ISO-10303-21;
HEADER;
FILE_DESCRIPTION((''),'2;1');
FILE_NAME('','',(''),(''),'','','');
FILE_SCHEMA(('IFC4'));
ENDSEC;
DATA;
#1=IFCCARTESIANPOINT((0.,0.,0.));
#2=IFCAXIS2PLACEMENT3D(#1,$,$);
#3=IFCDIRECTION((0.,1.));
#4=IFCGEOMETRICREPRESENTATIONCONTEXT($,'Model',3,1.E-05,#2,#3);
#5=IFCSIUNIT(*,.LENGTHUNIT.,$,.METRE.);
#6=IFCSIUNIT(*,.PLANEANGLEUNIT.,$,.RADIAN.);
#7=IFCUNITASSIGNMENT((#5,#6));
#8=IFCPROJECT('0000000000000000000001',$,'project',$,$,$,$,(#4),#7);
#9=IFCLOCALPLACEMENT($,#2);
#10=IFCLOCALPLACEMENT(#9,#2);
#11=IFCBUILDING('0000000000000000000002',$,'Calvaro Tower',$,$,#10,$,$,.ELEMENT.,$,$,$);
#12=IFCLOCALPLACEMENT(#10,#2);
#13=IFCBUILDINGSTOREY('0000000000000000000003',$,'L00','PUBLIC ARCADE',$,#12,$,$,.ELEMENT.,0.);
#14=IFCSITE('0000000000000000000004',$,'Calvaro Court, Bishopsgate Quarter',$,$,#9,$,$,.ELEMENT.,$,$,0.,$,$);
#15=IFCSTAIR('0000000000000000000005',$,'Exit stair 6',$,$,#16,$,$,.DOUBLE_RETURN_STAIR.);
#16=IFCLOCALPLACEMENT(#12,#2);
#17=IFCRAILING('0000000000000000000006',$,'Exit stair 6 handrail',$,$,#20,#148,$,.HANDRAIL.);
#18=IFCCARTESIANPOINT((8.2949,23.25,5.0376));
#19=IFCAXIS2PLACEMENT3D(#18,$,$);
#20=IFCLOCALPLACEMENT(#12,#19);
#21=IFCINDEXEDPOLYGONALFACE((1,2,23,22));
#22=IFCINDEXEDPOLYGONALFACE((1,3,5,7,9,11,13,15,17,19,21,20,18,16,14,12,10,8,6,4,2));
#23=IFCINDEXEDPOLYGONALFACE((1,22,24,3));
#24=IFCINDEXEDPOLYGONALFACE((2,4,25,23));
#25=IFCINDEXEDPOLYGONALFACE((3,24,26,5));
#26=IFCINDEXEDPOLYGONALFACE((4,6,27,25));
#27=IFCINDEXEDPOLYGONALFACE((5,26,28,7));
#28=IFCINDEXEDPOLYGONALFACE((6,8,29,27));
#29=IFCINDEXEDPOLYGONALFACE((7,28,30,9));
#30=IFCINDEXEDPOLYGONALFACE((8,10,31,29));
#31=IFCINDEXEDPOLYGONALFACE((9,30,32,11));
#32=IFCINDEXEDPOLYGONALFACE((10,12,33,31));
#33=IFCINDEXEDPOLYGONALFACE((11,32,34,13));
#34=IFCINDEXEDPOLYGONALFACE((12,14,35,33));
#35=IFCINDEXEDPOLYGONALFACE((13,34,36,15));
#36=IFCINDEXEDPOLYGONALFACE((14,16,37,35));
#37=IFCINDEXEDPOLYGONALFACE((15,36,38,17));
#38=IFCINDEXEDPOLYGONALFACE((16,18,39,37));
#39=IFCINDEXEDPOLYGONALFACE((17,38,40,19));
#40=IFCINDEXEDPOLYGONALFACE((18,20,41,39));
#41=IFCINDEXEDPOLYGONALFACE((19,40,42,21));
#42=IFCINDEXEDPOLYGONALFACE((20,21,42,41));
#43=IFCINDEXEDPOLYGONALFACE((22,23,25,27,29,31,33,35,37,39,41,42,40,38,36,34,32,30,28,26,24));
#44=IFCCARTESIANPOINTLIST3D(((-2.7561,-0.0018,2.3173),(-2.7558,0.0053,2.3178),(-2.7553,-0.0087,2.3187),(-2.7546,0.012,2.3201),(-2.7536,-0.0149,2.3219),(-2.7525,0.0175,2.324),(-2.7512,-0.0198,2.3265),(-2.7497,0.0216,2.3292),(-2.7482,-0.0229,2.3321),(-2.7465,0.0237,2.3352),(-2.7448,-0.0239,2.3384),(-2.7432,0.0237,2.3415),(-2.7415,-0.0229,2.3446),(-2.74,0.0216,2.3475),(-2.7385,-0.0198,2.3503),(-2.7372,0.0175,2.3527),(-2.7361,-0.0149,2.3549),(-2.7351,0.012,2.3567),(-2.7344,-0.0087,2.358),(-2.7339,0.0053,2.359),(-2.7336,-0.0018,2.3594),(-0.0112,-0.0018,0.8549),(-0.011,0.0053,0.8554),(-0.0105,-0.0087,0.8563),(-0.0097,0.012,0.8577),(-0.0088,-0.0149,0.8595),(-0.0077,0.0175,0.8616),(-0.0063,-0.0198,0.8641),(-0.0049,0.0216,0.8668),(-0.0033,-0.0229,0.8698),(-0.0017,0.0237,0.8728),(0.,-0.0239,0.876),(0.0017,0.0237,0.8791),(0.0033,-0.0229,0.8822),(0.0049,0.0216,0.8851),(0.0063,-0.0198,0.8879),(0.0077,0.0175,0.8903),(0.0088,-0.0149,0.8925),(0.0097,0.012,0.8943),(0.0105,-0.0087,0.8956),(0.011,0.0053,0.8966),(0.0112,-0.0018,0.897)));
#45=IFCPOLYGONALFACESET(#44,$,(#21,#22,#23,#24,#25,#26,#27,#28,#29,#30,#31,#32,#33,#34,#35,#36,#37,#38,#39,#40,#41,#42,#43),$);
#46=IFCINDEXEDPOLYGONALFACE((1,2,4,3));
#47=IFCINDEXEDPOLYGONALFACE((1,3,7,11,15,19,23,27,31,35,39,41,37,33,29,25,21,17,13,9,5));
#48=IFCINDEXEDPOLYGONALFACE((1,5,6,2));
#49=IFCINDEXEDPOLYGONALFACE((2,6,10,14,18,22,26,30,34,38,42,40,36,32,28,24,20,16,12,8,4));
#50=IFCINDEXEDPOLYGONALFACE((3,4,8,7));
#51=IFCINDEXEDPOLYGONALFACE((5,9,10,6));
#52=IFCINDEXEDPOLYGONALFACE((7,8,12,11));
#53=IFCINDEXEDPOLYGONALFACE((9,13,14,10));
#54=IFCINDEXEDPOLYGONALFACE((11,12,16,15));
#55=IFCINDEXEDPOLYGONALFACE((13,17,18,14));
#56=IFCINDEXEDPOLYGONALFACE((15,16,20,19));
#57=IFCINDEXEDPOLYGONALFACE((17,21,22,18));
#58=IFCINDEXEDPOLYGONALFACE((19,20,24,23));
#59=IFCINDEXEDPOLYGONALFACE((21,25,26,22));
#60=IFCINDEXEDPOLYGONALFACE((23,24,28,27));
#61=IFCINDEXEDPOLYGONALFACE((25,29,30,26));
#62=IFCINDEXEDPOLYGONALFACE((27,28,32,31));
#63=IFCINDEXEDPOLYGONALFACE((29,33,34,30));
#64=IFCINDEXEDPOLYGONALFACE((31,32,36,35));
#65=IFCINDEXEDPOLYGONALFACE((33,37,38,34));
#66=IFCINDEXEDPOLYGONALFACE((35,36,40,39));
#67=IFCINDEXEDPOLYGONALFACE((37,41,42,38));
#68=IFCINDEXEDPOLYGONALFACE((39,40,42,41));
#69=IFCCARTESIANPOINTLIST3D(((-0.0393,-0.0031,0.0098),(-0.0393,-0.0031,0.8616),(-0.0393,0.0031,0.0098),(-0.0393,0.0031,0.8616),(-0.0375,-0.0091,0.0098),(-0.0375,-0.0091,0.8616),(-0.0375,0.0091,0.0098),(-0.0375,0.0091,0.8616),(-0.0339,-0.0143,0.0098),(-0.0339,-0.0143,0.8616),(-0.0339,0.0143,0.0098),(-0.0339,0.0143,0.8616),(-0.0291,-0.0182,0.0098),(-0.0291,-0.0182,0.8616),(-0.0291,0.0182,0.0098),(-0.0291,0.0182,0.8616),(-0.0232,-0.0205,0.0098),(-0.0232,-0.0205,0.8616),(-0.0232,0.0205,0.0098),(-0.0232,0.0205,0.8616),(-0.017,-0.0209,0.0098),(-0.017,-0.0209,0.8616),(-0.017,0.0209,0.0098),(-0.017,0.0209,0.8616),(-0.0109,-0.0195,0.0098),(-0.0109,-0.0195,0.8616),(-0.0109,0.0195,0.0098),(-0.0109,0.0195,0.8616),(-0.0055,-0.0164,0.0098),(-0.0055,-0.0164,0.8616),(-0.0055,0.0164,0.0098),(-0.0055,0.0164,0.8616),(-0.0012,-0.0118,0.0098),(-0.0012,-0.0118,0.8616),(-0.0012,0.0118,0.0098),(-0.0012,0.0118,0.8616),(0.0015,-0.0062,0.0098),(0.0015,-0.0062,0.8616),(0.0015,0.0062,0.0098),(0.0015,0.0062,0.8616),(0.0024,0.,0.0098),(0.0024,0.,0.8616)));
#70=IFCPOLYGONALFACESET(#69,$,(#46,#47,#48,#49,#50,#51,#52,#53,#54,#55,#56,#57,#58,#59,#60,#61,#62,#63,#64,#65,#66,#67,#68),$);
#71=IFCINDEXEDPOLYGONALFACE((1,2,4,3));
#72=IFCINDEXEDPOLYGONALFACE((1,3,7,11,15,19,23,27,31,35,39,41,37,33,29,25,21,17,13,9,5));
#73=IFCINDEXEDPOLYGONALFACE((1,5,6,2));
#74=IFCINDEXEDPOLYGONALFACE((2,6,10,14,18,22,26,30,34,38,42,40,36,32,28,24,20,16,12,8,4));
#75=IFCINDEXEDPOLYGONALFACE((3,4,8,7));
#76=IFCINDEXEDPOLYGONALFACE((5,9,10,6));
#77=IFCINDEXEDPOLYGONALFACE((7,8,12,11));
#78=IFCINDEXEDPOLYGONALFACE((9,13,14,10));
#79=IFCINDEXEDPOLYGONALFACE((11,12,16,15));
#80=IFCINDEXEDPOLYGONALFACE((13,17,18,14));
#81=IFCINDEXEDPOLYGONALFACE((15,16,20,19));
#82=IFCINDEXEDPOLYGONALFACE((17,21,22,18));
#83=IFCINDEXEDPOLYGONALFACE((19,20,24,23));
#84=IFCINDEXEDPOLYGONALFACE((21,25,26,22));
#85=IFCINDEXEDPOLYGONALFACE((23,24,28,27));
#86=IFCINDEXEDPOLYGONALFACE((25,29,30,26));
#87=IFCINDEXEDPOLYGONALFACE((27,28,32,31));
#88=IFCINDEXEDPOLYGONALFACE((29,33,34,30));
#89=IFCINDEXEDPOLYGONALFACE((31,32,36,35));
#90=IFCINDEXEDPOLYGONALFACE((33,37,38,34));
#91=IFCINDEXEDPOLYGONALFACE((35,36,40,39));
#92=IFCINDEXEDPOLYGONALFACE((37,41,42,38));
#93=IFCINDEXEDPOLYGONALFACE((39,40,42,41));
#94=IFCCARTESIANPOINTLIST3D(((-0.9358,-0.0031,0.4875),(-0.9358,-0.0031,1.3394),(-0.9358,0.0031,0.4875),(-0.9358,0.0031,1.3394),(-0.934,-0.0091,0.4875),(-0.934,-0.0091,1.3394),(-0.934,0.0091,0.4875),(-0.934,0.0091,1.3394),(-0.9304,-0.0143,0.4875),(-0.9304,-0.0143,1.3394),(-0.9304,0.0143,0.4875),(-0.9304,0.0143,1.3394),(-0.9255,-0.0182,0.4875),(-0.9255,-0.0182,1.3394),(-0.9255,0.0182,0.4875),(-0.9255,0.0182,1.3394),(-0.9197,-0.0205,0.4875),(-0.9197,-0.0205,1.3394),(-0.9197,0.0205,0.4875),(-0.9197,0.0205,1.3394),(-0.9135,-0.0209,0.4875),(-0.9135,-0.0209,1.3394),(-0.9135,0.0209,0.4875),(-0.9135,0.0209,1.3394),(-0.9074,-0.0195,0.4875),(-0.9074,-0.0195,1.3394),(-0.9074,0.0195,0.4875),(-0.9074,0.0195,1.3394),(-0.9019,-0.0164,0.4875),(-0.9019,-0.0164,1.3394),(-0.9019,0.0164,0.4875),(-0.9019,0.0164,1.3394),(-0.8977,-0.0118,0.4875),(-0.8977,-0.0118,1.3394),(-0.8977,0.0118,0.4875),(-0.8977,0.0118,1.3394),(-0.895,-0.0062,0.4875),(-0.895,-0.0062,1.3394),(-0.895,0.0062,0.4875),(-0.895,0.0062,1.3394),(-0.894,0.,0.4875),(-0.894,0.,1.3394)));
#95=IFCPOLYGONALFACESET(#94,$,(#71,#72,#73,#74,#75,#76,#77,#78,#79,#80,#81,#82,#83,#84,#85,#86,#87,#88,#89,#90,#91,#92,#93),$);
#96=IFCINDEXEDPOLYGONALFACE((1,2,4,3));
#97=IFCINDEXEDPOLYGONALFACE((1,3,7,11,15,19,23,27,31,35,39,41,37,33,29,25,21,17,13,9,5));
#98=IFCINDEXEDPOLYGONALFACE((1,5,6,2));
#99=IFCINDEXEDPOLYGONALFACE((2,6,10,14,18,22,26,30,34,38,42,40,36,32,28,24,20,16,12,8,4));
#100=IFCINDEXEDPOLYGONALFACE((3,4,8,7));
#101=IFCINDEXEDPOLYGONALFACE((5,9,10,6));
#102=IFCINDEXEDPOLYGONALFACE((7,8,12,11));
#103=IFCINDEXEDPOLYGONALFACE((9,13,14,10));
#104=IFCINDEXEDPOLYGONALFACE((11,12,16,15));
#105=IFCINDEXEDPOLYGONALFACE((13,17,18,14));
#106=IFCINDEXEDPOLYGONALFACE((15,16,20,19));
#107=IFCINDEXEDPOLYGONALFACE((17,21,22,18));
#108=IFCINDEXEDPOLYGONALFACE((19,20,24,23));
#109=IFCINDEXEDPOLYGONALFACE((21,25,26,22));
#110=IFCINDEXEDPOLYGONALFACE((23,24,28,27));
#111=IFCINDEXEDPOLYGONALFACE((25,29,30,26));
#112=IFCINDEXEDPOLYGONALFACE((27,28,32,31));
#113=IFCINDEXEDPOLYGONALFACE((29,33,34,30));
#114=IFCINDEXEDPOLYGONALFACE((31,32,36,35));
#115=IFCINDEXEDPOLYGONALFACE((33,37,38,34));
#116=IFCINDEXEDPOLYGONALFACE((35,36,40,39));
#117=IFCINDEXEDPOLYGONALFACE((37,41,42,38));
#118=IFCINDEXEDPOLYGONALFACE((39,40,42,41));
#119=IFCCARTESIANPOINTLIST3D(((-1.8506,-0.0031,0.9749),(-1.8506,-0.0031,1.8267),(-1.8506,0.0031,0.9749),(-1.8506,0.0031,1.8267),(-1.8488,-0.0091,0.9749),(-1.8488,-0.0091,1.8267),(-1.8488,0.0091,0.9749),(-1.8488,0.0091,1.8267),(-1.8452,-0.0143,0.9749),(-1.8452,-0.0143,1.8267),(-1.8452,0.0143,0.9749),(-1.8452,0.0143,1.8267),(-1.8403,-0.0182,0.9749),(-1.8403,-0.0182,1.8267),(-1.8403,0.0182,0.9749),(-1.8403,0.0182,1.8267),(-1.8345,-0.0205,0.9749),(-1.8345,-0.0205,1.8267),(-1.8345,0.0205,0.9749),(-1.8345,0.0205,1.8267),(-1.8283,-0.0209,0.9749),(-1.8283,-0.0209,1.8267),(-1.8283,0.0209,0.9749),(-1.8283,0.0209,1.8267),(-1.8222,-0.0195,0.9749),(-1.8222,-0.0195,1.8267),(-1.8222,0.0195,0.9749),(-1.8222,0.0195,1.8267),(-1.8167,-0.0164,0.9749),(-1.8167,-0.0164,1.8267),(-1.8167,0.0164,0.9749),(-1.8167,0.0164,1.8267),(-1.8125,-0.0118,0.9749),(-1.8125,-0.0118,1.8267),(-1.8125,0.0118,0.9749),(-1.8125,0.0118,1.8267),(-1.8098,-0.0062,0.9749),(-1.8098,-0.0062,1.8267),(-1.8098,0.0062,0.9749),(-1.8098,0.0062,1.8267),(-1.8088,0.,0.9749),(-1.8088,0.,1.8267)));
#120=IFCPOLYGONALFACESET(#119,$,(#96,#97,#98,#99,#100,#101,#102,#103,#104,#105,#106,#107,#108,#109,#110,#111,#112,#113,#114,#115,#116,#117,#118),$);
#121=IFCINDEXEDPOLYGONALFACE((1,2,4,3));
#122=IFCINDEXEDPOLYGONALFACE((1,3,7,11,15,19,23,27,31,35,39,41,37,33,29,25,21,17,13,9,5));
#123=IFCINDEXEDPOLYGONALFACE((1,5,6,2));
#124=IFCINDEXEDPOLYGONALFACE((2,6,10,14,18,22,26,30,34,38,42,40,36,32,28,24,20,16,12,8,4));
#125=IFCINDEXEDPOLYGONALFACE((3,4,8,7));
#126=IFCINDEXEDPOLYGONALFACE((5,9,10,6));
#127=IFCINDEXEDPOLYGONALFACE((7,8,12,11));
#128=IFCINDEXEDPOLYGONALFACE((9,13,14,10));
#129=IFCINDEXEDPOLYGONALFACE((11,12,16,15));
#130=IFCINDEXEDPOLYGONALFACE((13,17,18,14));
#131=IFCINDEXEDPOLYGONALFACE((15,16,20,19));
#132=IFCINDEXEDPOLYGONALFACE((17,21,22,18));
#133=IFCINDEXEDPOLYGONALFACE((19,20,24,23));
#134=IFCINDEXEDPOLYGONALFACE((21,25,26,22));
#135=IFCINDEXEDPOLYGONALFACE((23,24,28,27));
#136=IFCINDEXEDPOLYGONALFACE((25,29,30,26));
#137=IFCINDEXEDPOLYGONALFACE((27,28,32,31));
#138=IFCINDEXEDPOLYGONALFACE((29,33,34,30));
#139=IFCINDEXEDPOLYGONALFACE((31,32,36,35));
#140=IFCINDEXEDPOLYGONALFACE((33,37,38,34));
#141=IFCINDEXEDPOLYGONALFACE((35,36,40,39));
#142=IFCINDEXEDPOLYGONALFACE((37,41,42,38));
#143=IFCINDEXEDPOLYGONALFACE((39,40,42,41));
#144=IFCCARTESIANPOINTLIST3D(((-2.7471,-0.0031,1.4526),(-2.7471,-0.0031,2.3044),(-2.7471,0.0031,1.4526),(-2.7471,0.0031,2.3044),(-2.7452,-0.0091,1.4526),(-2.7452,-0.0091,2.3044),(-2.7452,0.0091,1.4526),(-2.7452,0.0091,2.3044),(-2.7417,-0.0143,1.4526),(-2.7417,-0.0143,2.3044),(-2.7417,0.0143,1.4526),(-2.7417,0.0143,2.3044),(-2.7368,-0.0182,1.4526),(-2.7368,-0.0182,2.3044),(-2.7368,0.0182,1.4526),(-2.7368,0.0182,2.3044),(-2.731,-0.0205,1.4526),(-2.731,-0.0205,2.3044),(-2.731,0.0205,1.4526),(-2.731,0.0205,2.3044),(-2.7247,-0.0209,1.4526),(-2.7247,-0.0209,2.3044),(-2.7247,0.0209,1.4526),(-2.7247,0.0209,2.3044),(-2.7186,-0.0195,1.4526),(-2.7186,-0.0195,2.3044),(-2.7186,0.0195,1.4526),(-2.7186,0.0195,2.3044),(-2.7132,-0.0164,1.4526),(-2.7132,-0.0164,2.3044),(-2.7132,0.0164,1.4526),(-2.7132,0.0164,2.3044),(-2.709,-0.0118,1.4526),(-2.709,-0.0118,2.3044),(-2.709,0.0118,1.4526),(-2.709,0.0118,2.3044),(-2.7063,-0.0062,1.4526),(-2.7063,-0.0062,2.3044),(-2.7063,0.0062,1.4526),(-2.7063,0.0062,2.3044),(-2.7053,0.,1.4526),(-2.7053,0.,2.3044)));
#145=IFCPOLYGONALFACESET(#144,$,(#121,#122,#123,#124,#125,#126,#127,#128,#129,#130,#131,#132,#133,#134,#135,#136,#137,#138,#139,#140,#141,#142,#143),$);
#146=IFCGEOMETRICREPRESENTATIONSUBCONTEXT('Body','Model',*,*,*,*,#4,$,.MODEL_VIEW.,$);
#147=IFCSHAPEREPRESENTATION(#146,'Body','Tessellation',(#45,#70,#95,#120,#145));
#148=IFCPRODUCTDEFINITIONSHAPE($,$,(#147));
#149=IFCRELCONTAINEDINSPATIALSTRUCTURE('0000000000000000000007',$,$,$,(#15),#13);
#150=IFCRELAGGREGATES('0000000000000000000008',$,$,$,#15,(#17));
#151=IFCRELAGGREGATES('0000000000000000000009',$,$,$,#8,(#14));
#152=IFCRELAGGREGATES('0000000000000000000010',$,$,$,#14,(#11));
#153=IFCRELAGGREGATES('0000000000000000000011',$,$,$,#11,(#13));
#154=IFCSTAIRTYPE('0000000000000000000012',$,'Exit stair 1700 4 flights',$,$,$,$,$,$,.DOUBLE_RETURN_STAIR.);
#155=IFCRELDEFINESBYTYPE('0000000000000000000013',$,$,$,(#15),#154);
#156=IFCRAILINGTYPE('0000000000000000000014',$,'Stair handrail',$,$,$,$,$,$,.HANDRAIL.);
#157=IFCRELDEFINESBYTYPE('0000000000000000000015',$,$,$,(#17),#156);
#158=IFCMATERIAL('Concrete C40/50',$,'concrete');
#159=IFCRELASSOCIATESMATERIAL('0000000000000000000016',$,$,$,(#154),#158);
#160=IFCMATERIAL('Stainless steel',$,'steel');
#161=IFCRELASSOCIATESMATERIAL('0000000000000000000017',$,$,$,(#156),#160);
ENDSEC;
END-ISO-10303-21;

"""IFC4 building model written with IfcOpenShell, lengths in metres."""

from ifc_helpers import new_model, si_unit, direction, frame, origin, origin_2d, place, context, subcontext, project, spatial, circle, extrude, material, type_object, element, aggregate, save


model = new_model("IFC4")

# Units and contexts
model_context = context("Model", 3, precision=1e-05, world=origin(), true_north=direction((0.0, 1.0)))
body_context = subcontext(model_context, "Body", "Model", "MODEL_VIEW")
ifc_project = project(units=[si_unit("LENGTHUNIT", "METRE"), si_unit("PLANEANGLEUNIT", "RADIAN")], contexts=[model_context])

# Site, building, storey
site_placement = place(None, origin())
site = spatial("IfcSite", under=ifc_project, at=site_placement, Name="Calvaro Court, Bishopsgate Quarter", CompositionType="ELEMENT", RefElevation=0.0)
building_placement = place(site_placement, origin())
building = spatial("IfcBuilding", under=site, at=building_placement, Name="Calvaro Tower", CompositionType="ELEMENT")
storey_placement = place(building_placement, origin())
storey = spatial("IfcBuildingStorey", under=building, at=storey_placement, Name="L00", Description="PUBLIC ARCADE", CompositionType="ELEMENT", Elevation=0.0)

# Stair, railing
ifc_material_1 = material(Name="Concrete C40/50", Category="concrete")
stair_type = type_object("IfcStairType", Name="Exit stair 1700 4 flights", PredefinedType="DOUBLE_RETURN_STAIR", material=ifc_material_1)
stair_placement = place(storey_placement, origin())
stair = element("IfcStair", 1, at=stair_placement, inside=storey, type_object=stair_type, Name="Exit stair 6", PredefinedType="DOUBLE_RETURN_STAIR")
ifc_material_2 = material(Name="Stainless steel", Category="steel")
railing_type = type_object("IfcRailingType", Name="Stair handrail", PredefinedType="HANDRAIL", material=ifc_material_2)
railing_1_placement = place(storey_placement, frame((8.2949, 23.25, 5.0376)))
railing_1 = element("IfcRailing", 2, at=railing_1_placement, type_object=railing_type, Name="Exit stair 6 handrail", PredefinedType="HANDRAIL", context=body_context, shape_type="SweptSolid", body=[
    extrude(circle(Radius=0.0239, at=origin_2d()), frame((0.0, 0.0, 0.876), z_axis=(-0.882557, 0.0, 0.470205), x_axis=(0.0, -1.0, 0.0)), (0.0, 0.0, 1.0), 3.1101),
    extrude(circle(Radius=0.021, at=origin_2d()), frame((-0.0186, 0.0, 0.0098)), (0.0, 0.0, 1.0), 0.8518),
    extrude(circle(Radius=0.021, at=origin_2d()), frame((-0.915, 0.0, 0.4875)), (0.0, 0.0, 1.0), 0.8518),
    extrude(circle(Radius=0.021, at=origin_2d()), frame((-1.8298, 0.0, 0.9749)), (0.0, 0.0, 1.0), 0.8518),
    extrude(circle(Radius=0.021, at=origin_2d()), frame((-2.7263, 0.0, 1.4526)), (0.0, 0.0, 1.0), 0.8518),
])
aggregate(stair, [railing_1])

save(model, "model.ifc")
